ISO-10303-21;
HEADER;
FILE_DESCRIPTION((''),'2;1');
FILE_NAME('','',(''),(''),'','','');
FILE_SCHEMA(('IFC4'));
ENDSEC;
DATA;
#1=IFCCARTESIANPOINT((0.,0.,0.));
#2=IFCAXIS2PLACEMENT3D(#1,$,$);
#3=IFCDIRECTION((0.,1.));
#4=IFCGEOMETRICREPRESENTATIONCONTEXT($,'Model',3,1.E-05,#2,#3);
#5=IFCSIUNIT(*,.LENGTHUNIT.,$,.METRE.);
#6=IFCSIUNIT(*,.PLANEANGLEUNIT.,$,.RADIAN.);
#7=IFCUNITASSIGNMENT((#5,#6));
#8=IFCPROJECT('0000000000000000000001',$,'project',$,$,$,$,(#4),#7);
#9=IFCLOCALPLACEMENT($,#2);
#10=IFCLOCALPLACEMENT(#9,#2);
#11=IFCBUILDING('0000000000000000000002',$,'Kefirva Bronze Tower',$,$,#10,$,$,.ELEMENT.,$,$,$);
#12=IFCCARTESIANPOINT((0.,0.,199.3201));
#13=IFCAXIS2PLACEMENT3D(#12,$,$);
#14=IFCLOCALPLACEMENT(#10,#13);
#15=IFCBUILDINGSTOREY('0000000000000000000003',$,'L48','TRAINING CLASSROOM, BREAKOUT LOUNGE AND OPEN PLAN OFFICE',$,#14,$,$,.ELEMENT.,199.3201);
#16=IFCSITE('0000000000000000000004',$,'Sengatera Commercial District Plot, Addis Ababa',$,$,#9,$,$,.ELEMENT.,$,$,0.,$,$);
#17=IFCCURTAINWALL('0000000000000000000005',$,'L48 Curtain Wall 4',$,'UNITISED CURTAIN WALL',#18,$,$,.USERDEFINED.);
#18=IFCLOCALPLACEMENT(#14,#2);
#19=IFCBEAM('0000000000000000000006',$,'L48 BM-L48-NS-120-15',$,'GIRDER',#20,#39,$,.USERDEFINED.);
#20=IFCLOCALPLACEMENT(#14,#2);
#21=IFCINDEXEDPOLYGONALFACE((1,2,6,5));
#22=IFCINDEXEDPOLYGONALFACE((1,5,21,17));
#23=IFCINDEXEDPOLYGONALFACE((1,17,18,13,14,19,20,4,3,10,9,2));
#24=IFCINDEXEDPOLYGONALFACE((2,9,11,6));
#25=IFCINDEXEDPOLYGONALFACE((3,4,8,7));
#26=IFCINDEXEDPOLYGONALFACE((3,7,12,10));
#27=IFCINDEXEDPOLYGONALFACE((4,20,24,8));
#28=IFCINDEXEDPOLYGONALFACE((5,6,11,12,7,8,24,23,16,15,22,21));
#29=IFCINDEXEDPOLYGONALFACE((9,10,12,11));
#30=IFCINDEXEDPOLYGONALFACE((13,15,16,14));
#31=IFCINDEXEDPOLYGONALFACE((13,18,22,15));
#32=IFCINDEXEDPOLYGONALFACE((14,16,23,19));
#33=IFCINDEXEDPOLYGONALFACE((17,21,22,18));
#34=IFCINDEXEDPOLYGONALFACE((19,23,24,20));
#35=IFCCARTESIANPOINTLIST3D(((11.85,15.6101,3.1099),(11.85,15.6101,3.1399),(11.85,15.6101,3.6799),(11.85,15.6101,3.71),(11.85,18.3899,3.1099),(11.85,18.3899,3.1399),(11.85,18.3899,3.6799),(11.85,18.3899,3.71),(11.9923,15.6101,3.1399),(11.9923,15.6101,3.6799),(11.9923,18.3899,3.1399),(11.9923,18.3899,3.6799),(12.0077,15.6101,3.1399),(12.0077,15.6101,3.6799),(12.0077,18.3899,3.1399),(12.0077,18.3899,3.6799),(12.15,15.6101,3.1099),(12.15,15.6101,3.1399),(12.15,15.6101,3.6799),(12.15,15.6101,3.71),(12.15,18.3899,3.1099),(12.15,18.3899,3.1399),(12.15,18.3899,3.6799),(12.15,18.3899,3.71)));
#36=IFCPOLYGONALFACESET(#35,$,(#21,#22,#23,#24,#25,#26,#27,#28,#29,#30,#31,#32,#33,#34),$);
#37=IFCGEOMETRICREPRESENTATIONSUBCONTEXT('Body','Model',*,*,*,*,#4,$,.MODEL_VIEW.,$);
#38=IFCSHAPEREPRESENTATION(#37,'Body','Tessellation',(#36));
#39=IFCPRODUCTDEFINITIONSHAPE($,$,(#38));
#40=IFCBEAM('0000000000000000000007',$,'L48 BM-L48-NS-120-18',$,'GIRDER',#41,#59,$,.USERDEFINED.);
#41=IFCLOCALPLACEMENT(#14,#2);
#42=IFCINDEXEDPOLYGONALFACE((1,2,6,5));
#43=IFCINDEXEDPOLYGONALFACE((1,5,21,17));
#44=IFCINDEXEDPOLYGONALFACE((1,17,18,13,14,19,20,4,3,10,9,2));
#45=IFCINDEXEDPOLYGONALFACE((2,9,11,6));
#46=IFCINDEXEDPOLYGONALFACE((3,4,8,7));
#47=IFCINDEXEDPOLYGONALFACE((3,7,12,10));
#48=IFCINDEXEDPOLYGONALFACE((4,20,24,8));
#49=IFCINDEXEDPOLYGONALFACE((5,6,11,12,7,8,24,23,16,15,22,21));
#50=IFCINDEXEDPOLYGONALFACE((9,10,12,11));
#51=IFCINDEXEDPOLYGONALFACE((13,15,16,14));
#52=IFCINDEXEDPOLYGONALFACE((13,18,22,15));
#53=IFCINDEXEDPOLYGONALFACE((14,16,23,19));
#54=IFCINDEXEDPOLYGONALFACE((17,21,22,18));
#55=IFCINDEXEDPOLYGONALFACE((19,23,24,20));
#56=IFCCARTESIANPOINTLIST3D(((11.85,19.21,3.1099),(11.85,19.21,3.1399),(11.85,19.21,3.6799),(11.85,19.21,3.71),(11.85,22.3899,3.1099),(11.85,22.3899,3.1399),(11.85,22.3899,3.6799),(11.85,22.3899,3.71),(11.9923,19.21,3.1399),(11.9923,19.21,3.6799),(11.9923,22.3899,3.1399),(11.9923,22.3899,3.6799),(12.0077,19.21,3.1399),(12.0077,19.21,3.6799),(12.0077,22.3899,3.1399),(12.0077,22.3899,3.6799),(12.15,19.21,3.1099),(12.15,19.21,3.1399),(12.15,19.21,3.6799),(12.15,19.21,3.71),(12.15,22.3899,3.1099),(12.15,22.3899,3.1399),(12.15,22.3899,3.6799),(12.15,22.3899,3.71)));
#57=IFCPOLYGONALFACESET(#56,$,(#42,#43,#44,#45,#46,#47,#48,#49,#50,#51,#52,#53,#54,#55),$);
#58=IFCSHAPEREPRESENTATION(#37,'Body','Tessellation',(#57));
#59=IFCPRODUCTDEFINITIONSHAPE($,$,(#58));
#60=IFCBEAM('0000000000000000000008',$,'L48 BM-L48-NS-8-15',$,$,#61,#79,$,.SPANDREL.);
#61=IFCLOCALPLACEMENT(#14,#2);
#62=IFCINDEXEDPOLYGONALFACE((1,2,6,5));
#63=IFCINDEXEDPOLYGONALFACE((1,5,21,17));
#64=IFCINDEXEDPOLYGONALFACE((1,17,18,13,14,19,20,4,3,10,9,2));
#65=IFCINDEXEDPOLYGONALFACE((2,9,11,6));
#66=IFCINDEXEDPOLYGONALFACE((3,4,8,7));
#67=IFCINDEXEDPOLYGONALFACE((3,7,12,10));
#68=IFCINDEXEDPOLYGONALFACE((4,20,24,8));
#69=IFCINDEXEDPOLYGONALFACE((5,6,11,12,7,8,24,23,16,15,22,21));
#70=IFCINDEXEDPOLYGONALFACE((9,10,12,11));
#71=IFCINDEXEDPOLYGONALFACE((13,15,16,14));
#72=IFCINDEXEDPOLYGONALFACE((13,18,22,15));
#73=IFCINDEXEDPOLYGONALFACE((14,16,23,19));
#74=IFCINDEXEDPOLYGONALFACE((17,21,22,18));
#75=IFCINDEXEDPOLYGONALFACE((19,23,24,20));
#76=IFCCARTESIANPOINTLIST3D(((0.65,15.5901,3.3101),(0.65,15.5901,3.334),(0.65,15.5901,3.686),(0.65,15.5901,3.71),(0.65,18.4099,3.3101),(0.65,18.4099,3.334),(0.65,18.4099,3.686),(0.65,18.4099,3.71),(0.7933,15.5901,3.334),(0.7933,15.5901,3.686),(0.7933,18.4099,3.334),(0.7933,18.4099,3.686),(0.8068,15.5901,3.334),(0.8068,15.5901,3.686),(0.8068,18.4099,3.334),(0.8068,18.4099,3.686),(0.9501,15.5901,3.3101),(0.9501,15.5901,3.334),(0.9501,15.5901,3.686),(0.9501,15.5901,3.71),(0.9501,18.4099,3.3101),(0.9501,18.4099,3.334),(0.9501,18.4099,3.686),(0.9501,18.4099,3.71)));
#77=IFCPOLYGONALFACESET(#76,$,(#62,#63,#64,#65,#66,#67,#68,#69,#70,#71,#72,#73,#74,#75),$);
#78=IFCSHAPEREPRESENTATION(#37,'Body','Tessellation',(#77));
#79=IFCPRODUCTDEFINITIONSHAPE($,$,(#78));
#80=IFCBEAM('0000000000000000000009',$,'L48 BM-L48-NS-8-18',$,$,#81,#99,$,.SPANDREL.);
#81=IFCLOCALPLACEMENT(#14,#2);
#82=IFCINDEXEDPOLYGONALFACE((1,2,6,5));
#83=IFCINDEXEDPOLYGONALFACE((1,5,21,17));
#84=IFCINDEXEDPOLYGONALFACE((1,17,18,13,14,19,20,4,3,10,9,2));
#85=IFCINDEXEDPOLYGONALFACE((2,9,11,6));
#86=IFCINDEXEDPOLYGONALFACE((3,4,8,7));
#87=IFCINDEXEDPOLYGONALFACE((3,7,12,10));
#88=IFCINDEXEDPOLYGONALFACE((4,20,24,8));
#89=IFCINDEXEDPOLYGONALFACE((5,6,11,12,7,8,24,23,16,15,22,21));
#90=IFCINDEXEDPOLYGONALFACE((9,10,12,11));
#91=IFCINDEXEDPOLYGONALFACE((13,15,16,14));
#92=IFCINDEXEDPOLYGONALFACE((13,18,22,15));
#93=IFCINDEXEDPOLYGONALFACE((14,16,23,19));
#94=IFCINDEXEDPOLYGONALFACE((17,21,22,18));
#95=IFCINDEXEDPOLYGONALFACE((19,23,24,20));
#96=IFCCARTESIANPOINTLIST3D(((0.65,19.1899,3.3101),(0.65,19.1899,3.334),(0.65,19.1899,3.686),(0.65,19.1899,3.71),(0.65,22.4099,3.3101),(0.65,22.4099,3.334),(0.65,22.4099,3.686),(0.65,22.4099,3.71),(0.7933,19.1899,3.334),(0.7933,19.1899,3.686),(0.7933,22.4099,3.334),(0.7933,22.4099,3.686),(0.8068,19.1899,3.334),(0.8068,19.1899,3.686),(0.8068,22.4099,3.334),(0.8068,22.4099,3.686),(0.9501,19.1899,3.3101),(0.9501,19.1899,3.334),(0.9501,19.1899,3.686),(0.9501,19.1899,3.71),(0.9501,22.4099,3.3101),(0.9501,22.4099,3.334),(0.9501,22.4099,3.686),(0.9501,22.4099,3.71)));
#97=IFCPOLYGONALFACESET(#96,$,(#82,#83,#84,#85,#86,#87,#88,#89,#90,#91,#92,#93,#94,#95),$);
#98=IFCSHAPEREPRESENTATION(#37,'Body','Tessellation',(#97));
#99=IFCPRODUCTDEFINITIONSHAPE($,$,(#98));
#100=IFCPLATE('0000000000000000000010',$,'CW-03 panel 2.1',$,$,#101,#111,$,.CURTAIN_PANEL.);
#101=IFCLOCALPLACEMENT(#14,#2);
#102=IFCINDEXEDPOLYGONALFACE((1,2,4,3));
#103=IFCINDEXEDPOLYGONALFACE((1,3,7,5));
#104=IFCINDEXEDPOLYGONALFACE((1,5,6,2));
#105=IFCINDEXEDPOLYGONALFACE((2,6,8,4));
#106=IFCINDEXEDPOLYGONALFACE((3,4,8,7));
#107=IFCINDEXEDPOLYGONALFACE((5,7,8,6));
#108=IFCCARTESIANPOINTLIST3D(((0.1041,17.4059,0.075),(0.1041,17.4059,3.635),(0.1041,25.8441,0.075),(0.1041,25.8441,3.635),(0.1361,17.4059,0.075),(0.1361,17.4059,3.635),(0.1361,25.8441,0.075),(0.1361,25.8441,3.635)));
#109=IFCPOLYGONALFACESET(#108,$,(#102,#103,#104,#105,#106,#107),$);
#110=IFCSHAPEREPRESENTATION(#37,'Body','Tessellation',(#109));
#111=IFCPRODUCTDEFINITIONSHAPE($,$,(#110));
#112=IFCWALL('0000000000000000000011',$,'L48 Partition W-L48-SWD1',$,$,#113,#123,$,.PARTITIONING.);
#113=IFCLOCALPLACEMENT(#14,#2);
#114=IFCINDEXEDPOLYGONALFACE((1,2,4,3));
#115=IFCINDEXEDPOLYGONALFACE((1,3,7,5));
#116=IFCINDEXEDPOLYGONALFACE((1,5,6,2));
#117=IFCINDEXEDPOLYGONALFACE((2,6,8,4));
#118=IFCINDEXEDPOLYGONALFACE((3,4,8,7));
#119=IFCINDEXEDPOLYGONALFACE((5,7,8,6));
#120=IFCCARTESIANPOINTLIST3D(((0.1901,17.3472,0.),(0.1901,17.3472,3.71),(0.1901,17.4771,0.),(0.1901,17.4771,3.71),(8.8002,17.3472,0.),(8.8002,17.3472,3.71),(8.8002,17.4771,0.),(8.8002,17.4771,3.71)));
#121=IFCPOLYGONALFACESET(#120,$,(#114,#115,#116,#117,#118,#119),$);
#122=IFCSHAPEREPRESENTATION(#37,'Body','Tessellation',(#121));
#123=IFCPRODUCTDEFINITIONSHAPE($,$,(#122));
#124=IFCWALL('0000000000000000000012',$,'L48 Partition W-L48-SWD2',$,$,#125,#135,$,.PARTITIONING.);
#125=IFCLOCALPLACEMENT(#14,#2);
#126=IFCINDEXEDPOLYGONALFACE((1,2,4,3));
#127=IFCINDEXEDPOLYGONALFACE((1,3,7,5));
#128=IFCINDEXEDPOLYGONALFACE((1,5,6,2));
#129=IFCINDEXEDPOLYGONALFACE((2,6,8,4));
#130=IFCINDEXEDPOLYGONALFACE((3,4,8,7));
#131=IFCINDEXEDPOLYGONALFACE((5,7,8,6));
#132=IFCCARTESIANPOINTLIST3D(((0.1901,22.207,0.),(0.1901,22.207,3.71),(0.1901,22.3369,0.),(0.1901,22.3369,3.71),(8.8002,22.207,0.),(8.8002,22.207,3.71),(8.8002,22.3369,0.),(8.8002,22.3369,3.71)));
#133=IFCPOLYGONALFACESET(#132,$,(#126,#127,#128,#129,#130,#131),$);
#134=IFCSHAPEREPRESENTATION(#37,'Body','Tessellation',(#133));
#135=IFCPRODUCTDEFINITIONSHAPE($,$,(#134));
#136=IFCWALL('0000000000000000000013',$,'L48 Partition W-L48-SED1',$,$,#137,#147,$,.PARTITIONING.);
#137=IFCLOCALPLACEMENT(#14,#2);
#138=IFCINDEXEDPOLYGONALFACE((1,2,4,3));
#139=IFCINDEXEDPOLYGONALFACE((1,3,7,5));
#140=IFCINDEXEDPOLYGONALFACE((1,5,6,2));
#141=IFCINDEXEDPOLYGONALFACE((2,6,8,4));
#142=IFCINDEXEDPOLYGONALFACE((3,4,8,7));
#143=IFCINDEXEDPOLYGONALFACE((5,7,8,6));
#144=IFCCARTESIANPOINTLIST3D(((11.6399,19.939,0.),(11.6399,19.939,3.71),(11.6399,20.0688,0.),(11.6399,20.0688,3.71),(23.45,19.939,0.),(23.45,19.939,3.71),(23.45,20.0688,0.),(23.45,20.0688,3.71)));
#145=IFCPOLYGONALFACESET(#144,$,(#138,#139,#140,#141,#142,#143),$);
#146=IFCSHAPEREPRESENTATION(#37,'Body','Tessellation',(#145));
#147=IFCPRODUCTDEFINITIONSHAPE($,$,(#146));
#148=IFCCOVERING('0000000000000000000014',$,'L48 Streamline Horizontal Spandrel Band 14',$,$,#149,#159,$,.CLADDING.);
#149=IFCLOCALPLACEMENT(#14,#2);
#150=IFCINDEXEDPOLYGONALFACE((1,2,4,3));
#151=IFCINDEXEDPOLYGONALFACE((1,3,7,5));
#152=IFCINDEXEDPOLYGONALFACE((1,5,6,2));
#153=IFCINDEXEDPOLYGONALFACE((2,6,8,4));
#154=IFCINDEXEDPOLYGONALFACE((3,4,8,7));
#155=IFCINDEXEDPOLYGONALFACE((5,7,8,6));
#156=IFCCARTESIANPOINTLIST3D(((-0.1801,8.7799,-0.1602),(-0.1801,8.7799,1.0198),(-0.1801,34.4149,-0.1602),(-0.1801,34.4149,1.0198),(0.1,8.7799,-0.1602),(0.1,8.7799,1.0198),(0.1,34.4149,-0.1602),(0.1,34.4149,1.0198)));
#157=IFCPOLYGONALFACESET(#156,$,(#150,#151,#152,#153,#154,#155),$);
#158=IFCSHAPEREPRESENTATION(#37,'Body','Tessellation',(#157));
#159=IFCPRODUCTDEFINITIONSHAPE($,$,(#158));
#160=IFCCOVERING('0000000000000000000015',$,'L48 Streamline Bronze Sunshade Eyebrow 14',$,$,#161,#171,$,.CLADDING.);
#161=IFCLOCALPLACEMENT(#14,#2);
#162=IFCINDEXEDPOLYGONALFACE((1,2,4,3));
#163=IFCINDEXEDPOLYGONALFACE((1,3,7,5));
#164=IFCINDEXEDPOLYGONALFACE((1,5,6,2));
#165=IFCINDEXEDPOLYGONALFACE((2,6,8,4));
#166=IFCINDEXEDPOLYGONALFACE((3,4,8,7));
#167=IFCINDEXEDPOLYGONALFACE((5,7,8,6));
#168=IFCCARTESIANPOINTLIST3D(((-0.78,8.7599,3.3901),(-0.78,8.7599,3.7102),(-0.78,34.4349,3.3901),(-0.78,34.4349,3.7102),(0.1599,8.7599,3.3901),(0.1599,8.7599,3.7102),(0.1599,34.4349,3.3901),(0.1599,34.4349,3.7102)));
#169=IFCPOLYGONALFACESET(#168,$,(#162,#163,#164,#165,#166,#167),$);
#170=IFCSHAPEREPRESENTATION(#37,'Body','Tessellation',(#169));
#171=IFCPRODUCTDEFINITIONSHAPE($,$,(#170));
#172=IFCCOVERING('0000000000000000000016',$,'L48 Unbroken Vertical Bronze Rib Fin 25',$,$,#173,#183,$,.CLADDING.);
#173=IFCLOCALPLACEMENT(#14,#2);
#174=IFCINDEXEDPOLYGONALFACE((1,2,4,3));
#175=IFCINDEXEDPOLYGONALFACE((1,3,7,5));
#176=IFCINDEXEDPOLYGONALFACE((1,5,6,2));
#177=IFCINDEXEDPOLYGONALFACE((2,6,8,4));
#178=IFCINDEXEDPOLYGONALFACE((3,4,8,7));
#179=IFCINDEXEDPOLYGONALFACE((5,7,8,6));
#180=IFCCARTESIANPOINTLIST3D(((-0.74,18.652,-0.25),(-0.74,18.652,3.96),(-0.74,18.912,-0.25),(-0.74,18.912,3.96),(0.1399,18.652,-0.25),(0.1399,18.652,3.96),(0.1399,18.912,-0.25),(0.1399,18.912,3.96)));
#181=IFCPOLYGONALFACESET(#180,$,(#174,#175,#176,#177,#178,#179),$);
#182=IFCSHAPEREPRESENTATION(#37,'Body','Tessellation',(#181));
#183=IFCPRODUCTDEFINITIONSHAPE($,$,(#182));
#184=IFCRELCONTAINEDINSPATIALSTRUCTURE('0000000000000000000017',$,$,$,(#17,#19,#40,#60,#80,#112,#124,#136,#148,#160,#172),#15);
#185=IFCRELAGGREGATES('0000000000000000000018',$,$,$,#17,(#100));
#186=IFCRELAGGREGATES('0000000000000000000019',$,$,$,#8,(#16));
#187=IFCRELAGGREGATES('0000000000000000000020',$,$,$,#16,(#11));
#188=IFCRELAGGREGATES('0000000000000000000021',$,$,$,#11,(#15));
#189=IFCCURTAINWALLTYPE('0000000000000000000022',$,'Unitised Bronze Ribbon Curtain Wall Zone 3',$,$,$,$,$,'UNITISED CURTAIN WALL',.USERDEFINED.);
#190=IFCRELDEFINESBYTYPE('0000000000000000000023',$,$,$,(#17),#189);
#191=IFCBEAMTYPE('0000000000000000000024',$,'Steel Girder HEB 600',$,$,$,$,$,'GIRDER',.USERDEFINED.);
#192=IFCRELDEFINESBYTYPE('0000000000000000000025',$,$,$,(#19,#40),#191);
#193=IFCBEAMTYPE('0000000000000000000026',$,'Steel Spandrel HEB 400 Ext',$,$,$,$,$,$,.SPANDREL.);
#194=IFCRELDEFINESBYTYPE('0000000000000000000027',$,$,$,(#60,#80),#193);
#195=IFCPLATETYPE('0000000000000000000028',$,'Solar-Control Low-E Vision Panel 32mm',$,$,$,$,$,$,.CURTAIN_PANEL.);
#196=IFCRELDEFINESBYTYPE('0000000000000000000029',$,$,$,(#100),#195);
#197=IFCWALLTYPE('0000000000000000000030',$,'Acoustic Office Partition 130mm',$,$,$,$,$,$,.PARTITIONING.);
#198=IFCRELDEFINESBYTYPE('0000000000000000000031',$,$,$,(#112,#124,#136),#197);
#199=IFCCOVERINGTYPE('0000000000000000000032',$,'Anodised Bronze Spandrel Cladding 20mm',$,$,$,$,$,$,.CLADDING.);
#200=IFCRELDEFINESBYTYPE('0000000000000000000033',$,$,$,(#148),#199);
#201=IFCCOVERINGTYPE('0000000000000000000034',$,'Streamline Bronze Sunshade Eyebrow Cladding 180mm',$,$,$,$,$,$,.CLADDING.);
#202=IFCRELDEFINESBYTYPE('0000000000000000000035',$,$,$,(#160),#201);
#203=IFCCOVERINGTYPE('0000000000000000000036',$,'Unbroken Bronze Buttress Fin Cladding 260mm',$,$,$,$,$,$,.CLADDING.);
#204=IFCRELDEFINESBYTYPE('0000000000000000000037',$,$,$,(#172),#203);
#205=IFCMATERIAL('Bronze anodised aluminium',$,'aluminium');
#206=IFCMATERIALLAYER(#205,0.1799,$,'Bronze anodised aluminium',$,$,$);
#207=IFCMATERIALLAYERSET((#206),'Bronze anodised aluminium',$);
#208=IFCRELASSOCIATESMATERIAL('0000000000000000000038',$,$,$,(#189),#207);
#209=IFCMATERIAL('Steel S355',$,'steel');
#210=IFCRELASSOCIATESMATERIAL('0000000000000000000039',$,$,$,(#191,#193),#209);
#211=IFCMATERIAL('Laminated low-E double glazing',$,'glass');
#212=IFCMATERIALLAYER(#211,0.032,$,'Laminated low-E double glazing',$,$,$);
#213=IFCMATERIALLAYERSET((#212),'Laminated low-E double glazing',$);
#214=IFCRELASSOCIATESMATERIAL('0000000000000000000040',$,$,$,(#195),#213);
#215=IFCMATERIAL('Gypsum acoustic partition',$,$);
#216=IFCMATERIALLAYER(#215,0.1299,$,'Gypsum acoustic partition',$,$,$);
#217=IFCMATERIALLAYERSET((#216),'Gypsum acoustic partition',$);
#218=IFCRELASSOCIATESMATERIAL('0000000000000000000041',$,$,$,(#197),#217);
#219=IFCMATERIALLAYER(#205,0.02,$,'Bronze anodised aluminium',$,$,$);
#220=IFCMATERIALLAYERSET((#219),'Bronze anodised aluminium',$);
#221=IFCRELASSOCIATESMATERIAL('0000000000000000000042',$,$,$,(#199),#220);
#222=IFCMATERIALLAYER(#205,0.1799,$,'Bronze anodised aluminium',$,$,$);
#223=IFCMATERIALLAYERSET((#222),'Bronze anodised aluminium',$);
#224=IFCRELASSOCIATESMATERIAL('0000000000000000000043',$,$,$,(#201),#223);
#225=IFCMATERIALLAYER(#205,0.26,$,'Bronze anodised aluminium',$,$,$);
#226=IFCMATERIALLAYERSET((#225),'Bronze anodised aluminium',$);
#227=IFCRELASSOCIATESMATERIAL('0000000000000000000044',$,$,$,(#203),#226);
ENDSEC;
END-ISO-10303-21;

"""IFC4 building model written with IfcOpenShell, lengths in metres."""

from ifc_helpers import new_model, si_unit, direction, frame, frame_2d, origin, origin_2d, place, context, subcontext, project, spatial, rectangle, i_section, extrude, material, layer, layer_set, material_profile, profile_set, type_object, element, aggregate, save


model = new_model("IFC4")

# Units and contexts
model_context = context("Model", 3, precision=1e-05, world=origin(), true_north=direction((0.0, 1.0)))
body_context = subcontext(model_context, "Body", "Model", "MODEL_VIEW")
ifc_project = project(units=[si_unit("LENGTHUNIT", "METRE"), si_unit("PLANEANGLEUNIT", "RADIAN")], contexts=[model_context])

# Site, building, storey
site_placement = place(None, origin())
site = spatial("IfcSite", under=ifc_project, at=site_placement, Name="Sengatera Commercial District Plot, Addis Ababa", CompositionType="ELEMENT", RefElevation=0.0)
building_placement = place(site_placement, origin())
building = spatial("IfcBuilding", under=site, at=building_placement, Name="Kefirva Bronze Tower", CompositionType="ELEMENT")
storey_placement = place(building_placement, frame((0.0, 0.0, 199.3201)))
storey = spatial("IfcBuildingStorey", under=building, at=storey_placement, Name="L48", Description="TRAINING CLASSROOM, BREAKOUT LOUNGE AND OPEN PLAN OFFICE", CompositionType="ELEMENT", Elevation=199.3201)

# Curtain wall
ifc_material_1 = material(Name="Bronze anodised aluminium", Category="aluminium")
ifc_layer_1 = layer(ifc_material_1, 0.1799, Name="Bronze anodised aluminium")
ifc_layer_set_1 = layer_set([ifc_layer_1], Name="Bronze anodised aluminium")
curtain_wall_type = type_object("IfcCurtainWallType", Name="Unitised Bronze Ribbon Curtain Wall Zone 3", ElementType="UNITISED CURTAIN WALL", PredefinedType="USERDEFINED", material=ifc_layer_set_1)
curtain_wall_placement = place(storey_placement, origin())
curtain_wall = element("IfcCurtainWall", 1, at=curtain_wall_placement, inside=storey, type_object=curtain_wall_type, Name="L48 Curtain Wall 4", ObjectType="UNITISED CURTAIN WALL", PredefinedType="USERDEFINED")

# Beams
ifc_material_2 = material(Name="Steel S355", Category="steel")
ifc_material_profile_1 = material_profile(ifc_material_2, i_section(OverallWidth=0.3, OverallDepth=0.6001, WebThickness=0.0154, FlangeThickness=0.03, at=origin_2d()), Name="HEB 600")
ifc_profile_set_1 = profile_set([ifc_material_profile_1], Name="Steel S355")
beam_type_1 = type_object("IfcBeamType", Name="Steel Girder HEB 600", ElementType="GIRDER", PredefinedType="USERDEFINED", material=ifc_profile_set_1)
beam_1_placement = place(storey_placement, frame((12.0, 15.6101, 3.4099), z_axis=(0.0, 1.0, 0.0), x_axis=(-1.0, 0.0, 0.0)))
element("IfcBeam", 2, at=beam_1_placement, inside=storey, type_object=beam_type_1, Name="L48 BM-L48-NS-120-15", ObjectType="GIRDER", PredefinedType="USERDEFINED", context=body_context, shape_type="SweptSolid", body=[
    extrude(i_section(OverallWidth=0.3, OverallDepth=0.6001, WebThickness=0.0154, FlangeThickness=0.03, at=origin_2d()), origin(), (0.0, 0.0, 1.0), 2.7798),
])
beam_2_placement = place(storey_placement, frame((12.0, 19.21, 3.4099), z_axis=(0.0, 1.0, 0.0), x_axis=(-1.0, 0.0, 0.0)))
element("IfcBeam", 3, at=beam_2_placement, inside=storey, type_object=beam_type_1, Name="L48 BM-L48-NS-120-18", ObjectType="GIRDER", PredefinedType="USERDEFINED", context=body_context, shape_type="SweptSolid", body=[
    extrude(i_section(OverallWidth=0.3, OverallDepth=0.6001, WebThickness=0.0154, FlangeThickness=0.03, at=origin_2d()), origin(), (0.0, 0.0, 1.0), 3.1799),
])
ifc_material_profile_2 = material_profile(ifc_material_2, i_section(OverallWidth=0.3, OverallDepth=0.3999, WebThickness=0.0134, FlangeThickness=0.0239, at=origin_2d()), Name="HEB 400")
ifc_profile_set_2 = profile_set([ifc_material_profile_2], Name="Steel S355")
beam_type_2 = type_object("IfcBeamType", Name="Steel Spandrel HEB 400 Ext", PredefinedType="SPANDREL", material=ifc_profile_set_2)
beam_3_placement = place(storey_placement, frame((0.8, 15.5901, 3.51), z_axis=(0.0, 1.0, 0.0), x_axis=(-1.0, 0.0, 0.0)))
element("IfcBeam", 4, at=beam_3_placement, inside=storey, type_object=beam_type_2, Name="L48 BM-L48-NS-8-15", PredefinedType="SPANDREL", context=body_context, shape_type="SweptSolid", body=[
    extrude(i_section(OverallWidth=0.3, OverallDepth=0.3999, WebThickness=0.0134, FlangeThickness=0.0239, at=origin_2d()), origin(), (0.0, 0.0, 1.0), 2.8198),
])
beam_4_placement = place(storey_placement, frame((0.8, 19.1899, 3.51), z_axis=(0.0, 1.0, 0.0), x_axis=(-1.0, 0.0, 0.0)))
element("IfcBeam", 5, at=beam_4_placement, inside=storey, type_object=beam_type_2, Name="L48 BM-L48-NS-8-18", PredefinedType="SPANDREL", context=body_context, shape_type="SweptSolid", body=[
    extrude(i_section(OverallWidth=0.3, OverallDepth=0.3999, WebThickness=0.0134, FlangeThickness=0.0239, at=origin_2d()), origin(), (0.0, 0.0, 1.0), 3.22),
])

# Plate
ifc_material_3 = material(Name="Laminated low-E double glazing", Category="glass")
ifc_layer_2 = layer(ifc_material_3, 0.032, Name="Laminated low-E double glazing")
ifc_layer_set_2 = layer_set([ifc_layer_2], Name="Laminated low-E double glazing")
plate_type = type_object("IfcPlateType", Name="Solar-Control Low-E Vision Panel 32mm", PredefinedType="CURTAIN_PANEL", material=ifc_layer_set_2)
plate_placement = place(storey_placement, frame((0.1201, 21.625, 0.075), z_axis=(0.0, 0.0, 1.0), x_axis=(0.0, -1.0, 0.0)))
plate = element("IfcPlate", 6, at=plate_placement, type_object=plate_type, Name="CW-03 panel 2.1", PredefinedType="CURTAIN_PANEL", context=body_context, shape_type="SweptSolid", body=[
    extrude(rectangle(XDim=8.4382, YDim=0.032, at=origin_2d()), origin(), (0.0, 0.0, 1.0), 3.5601),
])
aggregate(curtain_wall, [plate])

# Walls
ifc_material_4 = material(Name="Gypsum acoustic partition")
ifc_layer_3 = layer(ifc_material_4, 0.1299, Name="Gypsum acoustic partition")
ifc_layer_set_3 = layer_set([ifc_layer_3], Name="Gypsum acoustic partition")
wall_type = type_object("IfcWallType", Name="Acoustic Office Partition 130mm", PredefinedType="PARTITIONING", material=ifc_layer_set_3)
for number, where, z_axis, x_axis, name in (
    (7, (0.1899, 17.4121, 0.0), (0.0, 0.0, 1.0), (1.0, 0.0, 0.0), "L48 Partition W-L48-SWD1"),
    (8, (0.1899, 22.272, 0.0), (0.0, 0.0, 1.0), (1.0, 0.0, 0.0), "L48 Partition W-L48-SWD2"),
):
    element("IfcWall", number, at=place(storey_placement, frame(where, z_axis=z_axis, x_axis=x_axis)), inside=storey, type_object=wall_type, Name=name, PredefinedType="PARTITIONING", context=body_context, shape_type="SweptSolid", body=[
        extrude(rectangle(XDim=8.6101, YDim=0.1299, at=frame_2d((4.3052, 0.0))), origin(), (0.0, 0.0, 1.0), 3.71),
    ])
wall_placement = place(storey_placement, frame((11.6399, 20.0039, 0.0), z_axis=(0.0, 0.0, 1.0), x_axis=(1.0, 0.0, 0.0)))
element("IfcWall", 9, at=wall_placement, inside=storey, type_object=wall_type, Name="L48 Partition W-L48-SED1", PredefinedType="PARTITIONING", context=body_context, shape_type="SweptSolid", body=[
    extrude(rectangle(XDim=11.8101, YDim=0.1299, at=frame_2d((5.905, 0.0))), origin(), (0.0, 0.0, 1.0), 3.71),
])

# Coverings
ifc_layer_4 = layer(ifc_material_1, 0.02, Name="Bronze anodised aluminium")
ifc_layer_set_4 = layer_set([ifc_layer_4], Name="Bronze anodised aluminium")
covering_type_1 = type_object("IfcCoveringType", Name="Anodised Bronze Spandrel Cladding 20mm", PredefinedType="CLADDING", material=ifc_layer_set_4)
covering_1_placement = place(storey_placement, frame((-0.04, 21.5974, -0.1602), z_axis=(0.0, 0.0, 1.0), x_axis=(0.0, -1.0, 0.0)))
element("IfcCovering", 10, at=covering_1_placement, inside=storey, type_object=covering_type_1, Name="L48 Streamline Horizontal Spandrel Band 14", PredefinedType="CLADDING", context=body_context, shape_type="SweptSolid", body=[
    extrude(rectangle(XDim=25.635, YDim=0.28, at=origin_2d()), origin(), (0.0, 0.0, 1.0), 1.1799),
])
ifc_layer_5 = layer(ifc_material_1, 0.1799, Name="Bronze anodised aluminium")
ifc_layer_set_5 = layer_set([ifc_layer_5], Name="Bronze anodised aluminium")
covering_type_2 = type_object("IfcCoveringType", Name="Streamline Bronze Sunshade Eyebrow Cladding 180mm", PredefinedType="CLADDING", material=ifc_layer_set_5)
covering_2_placement = place(storey_placement, frame((-0.3101, 21.5974, 3.3901), z_axis=(0.0, 0.0, 1.0), x_axis=(0.0, -1.0, 0.0)))
element("IfcCovering", 11, at=covering_2_placement, inside=storey, type_object=covering_type_2, Name="L48 Streamline Bronze Sunshade Eyebrow 14", PredefinedType="CLADDING", context=body_context, shape_type="SweptSolid", body=[
    extrude(rectangle(XDim=25.675, YDim=0.9399, at=origin_2d()), origin(), (0.0, 0.0, 1.0), 0.3201),
])
ifc_layer_6 = layer(ifc_material_1, 0.26, Name="Bronze anodised aluminium")
ifc_layer_set_6 = layer_set([ifc_layer_6], Name="Bronze anodised aluminium")
covering_type_3 = type_object("IfcCoveringType", Name="Unbroken Bronze Buttress Fin Cladding 260mm", PredefinedType="CLADDING", material=ifc_layer_set_6)
covering_3_placement = place(storey_placement, frame((-0.3, 18.782, -0.25), z_axis=(0.0, 0.0, 1.0), x_axis=(0.0, -1.0, 0.0)))
element("IfcCovering", 12, at=covering_3_placement, inside=storey, type_object=covering_type_3, Name="L48 Unbroken Vertical Bronze Rib Fin 25", PredefinedType="CLADDING", context=body_context, shape_type="SweptSolid", body=[
    extrude(rectangle(XDim=0.26, YDim=0.8799, at=origin_2d()), origin(), (0.0, 0.0, 1.0), 4.21),
])

save(model, "model.ifc")
